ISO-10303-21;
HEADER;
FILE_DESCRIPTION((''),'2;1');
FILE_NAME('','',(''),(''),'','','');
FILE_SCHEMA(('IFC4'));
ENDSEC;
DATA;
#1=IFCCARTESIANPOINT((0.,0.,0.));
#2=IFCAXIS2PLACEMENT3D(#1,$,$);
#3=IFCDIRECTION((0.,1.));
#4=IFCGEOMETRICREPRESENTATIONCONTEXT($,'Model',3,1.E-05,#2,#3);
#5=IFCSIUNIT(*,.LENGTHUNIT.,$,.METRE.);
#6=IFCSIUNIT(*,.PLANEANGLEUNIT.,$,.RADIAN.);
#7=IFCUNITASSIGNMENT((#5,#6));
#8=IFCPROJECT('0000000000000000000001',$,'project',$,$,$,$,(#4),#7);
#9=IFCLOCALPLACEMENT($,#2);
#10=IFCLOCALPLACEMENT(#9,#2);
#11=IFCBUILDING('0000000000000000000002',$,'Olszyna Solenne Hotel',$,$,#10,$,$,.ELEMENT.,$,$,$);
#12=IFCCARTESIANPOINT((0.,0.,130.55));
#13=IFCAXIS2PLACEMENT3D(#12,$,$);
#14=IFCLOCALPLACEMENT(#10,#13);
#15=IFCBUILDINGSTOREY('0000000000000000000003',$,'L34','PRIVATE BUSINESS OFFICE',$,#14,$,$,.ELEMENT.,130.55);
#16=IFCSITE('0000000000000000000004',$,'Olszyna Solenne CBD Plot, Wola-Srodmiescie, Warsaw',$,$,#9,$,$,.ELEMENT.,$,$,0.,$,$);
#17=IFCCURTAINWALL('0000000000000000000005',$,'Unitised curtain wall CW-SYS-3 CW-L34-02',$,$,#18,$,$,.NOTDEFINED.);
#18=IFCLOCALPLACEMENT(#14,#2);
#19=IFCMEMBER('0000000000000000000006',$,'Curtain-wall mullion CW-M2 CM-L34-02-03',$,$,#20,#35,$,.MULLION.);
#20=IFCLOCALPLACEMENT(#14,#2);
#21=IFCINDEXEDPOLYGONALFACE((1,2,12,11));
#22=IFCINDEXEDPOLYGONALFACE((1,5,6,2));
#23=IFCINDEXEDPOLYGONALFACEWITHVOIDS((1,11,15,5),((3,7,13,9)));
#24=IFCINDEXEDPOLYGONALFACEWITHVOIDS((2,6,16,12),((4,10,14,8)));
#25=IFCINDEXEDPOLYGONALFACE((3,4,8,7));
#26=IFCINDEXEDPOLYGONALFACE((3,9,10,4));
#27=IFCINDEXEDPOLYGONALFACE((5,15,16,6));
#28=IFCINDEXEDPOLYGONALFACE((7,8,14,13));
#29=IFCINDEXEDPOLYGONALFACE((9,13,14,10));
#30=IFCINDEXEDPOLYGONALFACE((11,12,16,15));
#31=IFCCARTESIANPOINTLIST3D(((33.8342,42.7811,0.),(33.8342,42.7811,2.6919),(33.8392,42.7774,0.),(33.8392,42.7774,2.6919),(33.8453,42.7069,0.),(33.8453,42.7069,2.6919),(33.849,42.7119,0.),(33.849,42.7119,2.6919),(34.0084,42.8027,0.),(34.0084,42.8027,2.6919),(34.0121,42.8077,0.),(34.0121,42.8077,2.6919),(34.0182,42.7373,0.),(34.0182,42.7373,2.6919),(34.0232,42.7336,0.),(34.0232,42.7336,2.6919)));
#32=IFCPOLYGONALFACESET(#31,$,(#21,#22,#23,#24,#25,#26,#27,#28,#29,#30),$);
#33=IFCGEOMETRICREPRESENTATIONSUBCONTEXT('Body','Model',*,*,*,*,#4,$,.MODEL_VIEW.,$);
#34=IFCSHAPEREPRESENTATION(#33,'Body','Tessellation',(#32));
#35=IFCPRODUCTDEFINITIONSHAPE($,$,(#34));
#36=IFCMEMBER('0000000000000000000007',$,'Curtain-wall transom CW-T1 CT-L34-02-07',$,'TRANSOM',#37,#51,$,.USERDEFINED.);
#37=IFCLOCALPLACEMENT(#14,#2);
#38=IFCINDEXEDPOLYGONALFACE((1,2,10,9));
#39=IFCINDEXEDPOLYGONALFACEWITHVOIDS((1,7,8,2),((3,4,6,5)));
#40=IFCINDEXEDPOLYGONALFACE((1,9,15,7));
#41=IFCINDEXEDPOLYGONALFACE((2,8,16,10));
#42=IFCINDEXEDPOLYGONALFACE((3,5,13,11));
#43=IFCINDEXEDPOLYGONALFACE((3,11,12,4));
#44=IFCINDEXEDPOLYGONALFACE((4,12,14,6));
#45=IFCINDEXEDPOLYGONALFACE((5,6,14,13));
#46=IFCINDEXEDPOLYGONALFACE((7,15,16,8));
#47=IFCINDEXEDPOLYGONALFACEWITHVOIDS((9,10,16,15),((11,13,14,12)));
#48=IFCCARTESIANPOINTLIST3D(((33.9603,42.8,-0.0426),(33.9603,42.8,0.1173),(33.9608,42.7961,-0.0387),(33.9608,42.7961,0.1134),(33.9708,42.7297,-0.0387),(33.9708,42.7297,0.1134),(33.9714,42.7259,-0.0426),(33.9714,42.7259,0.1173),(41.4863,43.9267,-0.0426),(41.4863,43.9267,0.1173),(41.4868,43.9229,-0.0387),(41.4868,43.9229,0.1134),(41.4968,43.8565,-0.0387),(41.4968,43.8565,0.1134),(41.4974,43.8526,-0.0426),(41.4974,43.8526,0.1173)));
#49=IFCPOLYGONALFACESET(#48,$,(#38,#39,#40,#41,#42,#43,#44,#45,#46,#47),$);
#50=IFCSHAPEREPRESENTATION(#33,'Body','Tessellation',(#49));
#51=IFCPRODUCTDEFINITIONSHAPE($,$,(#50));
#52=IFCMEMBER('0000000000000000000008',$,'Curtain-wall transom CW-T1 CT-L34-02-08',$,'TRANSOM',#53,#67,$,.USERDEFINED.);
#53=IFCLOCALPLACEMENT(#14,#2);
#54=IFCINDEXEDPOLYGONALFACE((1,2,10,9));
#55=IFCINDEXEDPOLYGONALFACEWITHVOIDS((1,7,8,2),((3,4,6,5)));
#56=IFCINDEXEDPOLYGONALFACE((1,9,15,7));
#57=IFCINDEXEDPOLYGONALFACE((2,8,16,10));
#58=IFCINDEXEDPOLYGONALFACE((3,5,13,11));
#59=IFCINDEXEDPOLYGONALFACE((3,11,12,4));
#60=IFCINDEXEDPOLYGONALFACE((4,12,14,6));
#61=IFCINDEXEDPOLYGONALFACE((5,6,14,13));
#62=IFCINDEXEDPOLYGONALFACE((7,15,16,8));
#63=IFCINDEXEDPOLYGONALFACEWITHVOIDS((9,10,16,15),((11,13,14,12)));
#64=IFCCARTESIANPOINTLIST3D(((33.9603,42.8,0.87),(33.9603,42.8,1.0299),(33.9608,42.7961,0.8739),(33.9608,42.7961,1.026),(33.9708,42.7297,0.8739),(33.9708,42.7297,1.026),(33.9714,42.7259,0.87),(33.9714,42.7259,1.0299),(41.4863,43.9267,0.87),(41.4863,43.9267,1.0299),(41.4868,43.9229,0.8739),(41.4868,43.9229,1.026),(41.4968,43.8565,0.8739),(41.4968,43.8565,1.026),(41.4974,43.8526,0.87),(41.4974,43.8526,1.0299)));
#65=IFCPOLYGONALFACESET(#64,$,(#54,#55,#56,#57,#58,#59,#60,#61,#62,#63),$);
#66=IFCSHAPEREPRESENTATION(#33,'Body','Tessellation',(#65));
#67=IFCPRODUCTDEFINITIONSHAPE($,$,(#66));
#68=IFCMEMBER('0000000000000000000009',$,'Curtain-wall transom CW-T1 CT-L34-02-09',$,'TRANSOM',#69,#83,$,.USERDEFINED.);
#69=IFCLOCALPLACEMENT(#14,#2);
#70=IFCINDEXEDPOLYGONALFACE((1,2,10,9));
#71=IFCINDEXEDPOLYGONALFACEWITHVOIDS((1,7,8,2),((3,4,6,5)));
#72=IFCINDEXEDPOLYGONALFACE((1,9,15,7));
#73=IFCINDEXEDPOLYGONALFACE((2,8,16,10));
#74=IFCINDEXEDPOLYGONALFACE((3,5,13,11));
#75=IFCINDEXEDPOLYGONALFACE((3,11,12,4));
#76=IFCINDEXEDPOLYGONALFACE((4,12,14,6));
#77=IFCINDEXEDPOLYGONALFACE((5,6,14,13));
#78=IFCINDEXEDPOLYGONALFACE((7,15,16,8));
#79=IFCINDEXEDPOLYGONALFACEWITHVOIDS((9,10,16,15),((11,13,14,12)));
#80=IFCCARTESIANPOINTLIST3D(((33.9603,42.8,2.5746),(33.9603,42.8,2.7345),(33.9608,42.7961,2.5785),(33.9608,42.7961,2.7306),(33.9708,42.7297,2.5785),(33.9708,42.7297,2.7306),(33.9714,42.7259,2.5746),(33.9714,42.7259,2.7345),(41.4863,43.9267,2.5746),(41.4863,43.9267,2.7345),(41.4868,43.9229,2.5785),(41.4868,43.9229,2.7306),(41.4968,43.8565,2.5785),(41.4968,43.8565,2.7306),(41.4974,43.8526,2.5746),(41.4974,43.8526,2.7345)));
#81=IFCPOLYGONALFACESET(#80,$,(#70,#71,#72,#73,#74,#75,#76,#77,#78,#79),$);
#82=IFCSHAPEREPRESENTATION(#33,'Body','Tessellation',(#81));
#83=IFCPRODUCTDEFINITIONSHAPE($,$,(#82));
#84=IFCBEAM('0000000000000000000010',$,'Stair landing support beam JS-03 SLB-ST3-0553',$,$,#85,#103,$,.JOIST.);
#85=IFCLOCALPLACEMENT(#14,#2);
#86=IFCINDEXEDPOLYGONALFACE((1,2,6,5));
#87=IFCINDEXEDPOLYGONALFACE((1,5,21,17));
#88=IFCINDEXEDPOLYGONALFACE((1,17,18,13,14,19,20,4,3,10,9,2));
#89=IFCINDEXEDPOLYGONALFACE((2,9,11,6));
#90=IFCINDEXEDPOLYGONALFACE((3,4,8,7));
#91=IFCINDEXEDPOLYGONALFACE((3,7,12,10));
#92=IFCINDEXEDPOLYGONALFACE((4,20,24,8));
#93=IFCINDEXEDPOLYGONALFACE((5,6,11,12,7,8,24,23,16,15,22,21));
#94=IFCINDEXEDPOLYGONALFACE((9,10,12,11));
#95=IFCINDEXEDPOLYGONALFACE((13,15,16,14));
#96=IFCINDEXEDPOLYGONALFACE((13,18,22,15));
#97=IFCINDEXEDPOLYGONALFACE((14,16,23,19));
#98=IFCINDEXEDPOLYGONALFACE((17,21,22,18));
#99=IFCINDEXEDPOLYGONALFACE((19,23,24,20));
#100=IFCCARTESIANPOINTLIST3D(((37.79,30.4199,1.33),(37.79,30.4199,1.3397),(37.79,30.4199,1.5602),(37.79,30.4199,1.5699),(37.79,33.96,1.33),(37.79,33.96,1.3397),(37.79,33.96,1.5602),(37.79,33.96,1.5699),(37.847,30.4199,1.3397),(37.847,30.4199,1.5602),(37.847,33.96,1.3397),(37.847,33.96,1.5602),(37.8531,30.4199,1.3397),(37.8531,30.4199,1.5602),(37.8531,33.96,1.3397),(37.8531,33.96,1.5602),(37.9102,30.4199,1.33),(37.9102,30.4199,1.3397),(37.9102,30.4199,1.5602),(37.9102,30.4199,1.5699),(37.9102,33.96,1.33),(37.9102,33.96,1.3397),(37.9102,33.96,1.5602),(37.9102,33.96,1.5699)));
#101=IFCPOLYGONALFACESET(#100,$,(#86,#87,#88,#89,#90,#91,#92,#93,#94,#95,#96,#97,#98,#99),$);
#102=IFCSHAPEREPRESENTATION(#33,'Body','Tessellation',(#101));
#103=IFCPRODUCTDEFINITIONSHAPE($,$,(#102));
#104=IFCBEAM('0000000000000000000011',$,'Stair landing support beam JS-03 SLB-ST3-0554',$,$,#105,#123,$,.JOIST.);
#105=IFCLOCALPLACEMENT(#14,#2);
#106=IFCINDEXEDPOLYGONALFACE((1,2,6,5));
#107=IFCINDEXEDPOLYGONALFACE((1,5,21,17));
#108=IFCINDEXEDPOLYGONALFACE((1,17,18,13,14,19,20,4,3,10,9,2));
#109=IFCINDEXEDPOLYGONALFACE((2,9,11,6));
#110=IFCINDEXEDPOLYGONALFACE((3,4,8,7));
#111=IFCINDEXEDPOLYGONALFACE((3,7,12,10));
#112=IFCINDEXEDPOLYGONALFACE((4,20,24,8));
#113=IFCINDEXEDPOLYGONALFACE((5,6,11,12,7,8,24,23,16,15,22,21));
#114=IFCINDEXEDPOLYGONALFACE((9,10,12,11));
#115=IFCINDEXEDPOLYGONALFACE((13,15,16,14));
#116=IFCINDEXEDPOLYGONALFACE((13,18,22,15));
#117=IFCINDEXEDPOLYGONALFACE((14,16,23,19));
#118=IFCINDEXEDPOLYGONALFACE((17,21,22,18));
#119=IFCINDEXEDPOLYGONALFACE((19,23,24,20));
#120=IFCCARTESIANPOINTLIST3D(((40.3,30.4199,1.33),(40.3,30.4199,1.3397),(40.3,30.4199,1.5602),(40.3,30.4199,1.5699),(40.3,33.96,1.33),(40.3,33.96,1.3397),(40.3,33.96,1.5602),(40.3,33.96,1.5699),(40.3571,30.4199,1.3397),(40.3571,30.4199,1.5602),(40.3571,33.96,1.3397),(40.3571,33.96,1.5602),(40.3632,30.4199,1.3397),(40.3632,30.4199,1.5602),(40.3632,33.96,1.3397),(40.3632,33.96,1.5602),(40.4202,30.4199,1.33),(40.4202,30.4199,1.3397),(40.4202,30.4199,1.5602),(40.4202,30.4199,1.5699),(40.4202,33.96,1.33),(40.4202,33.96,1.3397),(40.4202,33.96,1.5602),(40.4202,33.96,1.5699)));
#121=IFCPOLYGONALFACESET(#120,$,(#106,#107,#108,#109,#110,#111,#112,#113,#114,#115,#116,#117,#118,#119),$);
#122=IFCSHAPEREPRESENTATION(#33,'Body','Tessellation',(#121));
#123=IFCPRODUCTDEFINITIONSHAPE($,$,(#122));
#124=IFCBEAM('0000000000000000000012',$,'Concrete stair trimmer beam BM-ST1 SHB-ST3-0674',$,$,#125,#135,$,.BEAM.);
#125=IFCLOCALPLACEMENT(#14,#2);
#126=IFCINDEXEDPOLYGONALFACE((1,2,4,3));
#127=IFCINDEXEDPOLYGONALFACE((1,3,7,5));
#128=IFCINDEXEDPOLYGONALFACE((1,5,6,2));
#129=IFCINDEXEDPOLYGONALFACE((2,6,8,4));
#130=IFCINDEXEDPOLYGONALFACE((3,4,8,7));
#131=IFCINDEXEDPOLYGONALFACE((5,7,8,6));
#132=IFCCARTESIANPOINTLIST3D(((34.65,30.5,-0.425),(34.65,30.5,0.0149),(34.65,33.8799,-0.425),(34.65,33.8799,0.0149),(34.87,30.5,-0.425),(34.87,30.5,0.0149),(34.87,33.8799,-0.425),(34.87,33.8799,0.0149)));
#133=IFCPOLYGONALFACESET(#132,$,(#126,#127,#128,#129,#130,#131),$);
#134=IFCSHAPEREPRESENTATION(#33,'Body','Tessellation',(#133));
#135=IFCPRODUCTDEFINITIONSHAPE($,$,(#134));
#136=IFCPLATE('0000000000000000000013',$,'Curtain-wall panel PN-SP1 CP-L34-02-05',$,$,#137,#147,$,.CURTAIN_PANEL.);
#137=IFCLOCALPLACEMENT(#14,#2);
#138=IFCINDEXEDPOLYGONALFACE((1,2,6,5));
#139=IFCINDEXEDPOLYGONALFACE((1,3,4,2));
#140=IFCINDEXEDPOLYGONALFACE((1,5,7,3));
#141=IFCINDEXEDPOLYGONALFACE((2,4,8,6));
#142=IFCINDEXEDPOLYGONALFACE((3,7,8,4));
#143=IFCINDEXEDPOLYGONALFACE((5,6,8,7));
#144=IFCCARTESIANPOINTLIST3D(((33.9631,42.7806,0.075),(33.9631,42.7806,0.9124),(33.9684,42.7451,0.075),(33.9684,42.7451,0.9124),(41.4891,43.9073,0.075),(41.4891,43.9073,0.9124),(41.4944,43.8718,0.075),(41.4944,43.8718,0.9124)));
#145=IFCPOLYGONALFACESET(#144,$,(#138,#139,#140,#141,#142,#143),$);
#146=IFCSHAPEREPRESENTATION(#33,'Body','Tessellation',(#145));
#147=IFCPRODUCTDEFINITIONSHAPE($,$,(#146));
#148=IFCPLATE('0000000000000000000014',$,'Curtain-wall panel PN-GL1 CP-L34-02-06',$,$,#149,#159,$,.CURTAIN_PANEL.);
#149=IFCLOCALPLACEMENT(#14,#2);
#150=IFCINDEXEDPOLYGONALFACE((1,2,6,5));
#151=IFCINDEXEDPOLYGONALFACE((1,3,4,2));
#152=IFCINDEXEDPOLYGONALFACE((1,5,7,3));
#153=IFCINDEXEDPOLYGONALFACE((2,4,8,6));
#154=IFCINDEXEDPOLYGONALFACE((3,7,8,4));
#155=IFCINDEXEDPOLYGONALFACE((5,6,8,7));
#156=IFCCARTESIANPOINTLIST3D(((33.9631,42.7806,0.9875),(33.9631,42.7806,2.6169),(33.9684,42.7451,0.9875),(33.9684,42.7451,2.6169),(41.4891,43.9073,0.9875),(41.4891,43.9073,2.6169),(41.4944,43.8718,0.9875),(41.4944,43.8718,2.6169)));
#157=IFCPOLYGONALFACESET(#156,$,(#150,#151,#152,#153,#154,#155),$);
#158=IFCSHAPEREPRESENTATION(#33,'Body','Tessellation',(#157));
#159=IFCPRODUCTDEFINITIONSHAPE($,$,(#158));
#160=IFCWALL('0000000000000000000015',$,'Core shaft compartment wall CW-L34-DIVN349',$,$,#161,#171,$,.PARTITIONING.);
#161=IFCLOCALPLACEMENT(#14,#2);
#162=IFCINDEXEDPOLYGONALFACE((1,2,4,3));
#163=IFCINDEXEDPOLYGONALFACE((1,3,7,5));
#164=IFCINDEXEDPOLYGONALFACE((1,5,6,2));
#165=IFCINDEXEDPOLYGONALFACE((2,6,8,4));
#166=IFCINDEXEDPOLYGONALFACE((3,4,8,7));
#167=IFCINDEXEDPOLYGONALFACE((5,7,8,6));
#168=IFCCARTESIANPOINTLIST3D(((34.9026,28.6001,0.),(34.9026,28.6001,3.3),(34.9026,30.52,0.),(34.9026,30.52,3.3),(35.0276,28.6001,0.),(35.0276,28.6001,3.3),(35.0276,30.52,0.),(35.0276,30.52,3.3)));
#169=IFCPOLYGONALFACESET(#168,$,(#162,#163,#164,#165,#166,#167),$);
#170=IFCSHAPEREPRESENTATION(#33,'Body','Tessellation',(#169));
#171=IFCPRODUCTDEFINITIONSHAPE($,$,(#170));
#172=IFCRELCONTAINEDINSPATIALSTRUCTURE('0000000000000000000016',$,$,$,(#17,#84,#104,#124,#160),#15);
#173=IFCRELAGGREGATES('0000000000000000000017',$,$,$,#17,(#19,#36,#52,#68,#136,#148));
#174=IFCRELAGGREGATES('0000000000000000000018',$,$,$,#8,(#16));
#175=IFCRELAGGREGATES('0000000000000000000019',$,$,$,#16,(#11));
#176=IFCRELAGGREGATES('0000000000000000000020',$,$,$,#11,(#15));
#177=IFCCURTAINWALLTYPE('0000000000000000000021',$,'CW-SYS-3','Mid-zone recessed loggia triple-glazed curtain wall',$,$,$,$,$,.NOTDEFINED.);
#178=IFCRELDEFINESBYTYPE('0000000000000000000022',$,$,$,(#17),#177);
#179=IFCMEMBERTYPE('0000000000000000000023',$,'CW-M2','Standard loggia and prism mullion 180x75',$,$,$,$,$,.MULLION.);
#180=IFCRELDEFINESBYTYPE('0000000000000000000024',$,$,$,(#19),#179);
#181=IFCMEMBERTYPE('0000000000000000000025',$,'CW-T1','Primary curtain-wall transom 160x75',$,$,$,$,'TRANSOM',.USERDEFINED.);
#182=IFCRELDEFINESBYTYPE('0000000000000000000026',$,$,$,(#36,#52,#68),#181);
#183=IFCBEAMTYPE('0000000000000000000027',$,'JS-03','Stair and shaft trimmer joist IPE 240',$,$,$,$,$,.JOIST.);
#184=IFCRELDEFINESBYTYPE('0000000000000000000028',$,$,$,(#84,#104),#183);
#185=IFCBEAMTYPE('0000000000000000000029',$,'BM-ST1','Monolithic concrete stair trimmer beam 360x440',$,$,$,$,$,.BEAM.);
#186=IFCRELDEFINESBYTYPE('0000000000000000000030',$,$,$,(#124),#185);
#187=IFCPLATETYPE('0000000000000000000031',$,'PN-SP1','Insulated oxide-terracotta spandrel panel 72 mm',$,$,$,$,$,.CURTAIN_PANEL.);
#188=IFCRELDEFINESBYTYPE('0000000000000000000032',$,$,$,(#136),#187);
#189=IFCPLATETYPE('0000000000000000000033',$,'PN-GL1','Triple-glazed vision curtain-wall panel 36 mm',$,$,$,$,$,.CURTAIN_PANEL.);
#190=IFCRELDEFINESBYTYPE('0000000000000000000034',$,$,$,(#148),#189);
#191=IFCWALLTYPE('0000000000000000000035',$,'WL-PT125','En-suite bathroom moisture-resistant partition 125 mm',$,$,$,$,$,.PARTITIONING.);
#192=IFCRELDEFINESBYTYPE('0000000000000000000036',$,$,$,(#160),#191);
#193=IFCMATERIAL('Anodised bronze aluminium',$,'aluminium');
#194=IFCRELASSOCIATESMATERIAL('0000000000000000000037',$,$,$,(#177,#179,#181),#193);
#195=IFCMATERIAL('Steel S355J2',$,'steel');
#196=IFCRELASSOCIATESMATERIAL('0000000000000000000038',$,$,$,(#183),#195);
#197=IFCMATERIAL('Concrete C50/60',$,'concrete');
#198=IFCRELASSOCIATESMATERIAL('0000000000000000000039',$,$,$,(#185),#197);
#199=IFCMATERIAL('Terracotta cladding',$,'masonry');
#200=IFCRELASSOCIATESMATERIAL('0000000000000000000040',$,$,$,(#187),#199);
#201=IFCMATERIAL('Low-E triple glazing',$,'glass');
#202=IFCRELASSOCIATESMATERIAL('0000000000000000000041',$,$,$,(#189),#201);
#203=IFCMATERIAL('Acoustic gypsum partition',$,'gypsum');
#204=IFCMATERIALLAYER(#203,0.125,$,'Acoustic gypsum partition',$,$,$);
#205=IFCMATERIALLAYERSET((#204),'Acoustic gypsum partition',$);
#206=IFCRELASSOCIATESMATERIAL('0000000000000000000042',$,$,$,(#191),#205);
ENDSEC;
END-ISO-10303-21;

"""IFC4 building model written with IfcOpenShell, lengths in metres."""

from ifc_helpers import new_model, si_unit, direction, frame, frame_2d, origin, origin_2d, place, context, subcontext, project, spatial, rectangle, hollow_rectangle, i_section, extrude, source, transform, mapped, material, layer, layer_set, material_profile, profile_set, type_object, element, aggregate, save


model = new_model("IFC4")

# Units and contexts
model_context = context("Model", 3, precision=1e-05, world=origin(), true_north=direction((0.0, 1.0)))
body_context = subcontext(model_context, "Body", "Model", "MODEL_VIEW")
ifc_project = project(units=[si_unit("LENGTHUNIT", "METRE"), si_unit("PLANEANGLEUNIT", "RADIAN")], contexts=[model_context])

# Site, building, storey
site_placement = place(None, origin())
site = spatial("IfcSite", under=ifc_project, at=site_placement, Name="Olszyna Solenne CBD Plot, Wola-Srodmiescie, Warsaw", CompositionType="ELEMENT", RefElevation=0.0)
building_placement = place(site_placement, origin())
building = spatial("IfcBuilding", under=site, at=building_placement, Name="Olszyna Solenne Hotel", CompositionType="ELEMENT")
storey_placement = place(building_placement, frame((0.0, 0.0, 130.55)))
storey = spatial("IfcBuildingStorey", under=building, at=storey_placement, Name="L34", Description="PRIVATE BUSINESS OFFICE", CompositionType="ELEMENT", Elevation=130.55)

# Curtain wall, members
ifc_material_1 = material(Name="Anodised bronze aluminium", Category="aluminium")
curtain_wall_type = type_object("IfcCurtainWallType", Name="CW-SYS-3", Description="Mid-zone recessed loggia triple-glazed curtain wall", PredefinedType="NOTDEFINED", material=ifc_material_1)
curtain_wall_placement = place(storey_placement, origin())
curtain_wall = element("IfcCurtainWall", 1, at=curtain_wall_placement, inside=storey, type_object=curtain_wall_type, Name="Unitised curtain wall CW-SYS-3 CW-L34-02", PredefinedType="NOTDEFINED")
ifc_material_profile_1 = material_profile(ifc_material_1, hollow_rectangle(XDim=0.075, YDim=0.1799, WallThickness=0.0044, at=origin_2d()), Name="MULL 180x75x4.5", Category="load-bearing")
ifc_profile_set_1 = profile_set([ifc_material_profile_1], Name="Anodised bronze aluminium")
member_type_1 = type_object("IfcMemberType", Name="CW-M2", Description="Standard loggia and prism mullion 180x75", PredefinedType="MULLION", material=ifc_profile_set_1)
shared_shape_1 = source(origin(), body_context, "Body", "SweptSolid", [
    extrude(hollow_rectangle(XDim=0.075, YDim=0.1799, WallThickness=0.0044, at=origin_2d()), origin(), (0.0, 0.0, 1.0), 2.6919),
])
member_1_placement = place(storey_placement, frame((33.9287, 42.7573, 0.0), z_axis=(0.0, 0.0, 1.0), x_axis=(-0.148061, 0.988978, 0.0)))
member_1 = element("IfcMember", 2, at=member_1_placement, type_object=member_type_1, Name="Curtain-wall mullion CW-M2 CM-L34-02-03", PredefinedType="MULLION", context=body_context, shape_type="MappedRepresentation", body=[
    mapped(shared_shape_1, transform((0.0, 0.0, 0.0), x_axis=(1.0, 0.0, 0.0), y_axis=(0.0, 1.0, 0.0), z_axis=(0.0, 0.0, 1.0), scale=1.0)),
])
ifc_material_profile_2 = material_profile(ifc_material_1, hollow_rectangle(XDim=0.075, YDim=0.1599, WallThickness=0.0039, at=origin_2d()), Name="TRAN 160x75x4", Category="load-bearing")
ifc_profile_set_2 = profile_set([ifc_material_profile_2], Name="Anodised bronze aluminium")
member_type_2 = type_object("IfcMemberType", Name="CW-T1", Description="Primary curtain-wall transom 160x75", ElementType="TRANSOM", PredefinedType="USERDEFINED", material=ifc_profile_set_2)
shared_shape_2 = source(origin(), body_context, "Body", "SweptSolid", [
    extrude(hollow_rectangle(XDim=0.075, YDim=0.1599, WallThickness=0.0039, at=origin_2d()), origin(), (0.0, 0.0, 1.0), 7.6099),
])
member_2_placement = place(storey_placement, frame((33.9658, 42.7629, 0.0374), z_axis=(0.988978, 0.148061, 0.0), x_axis=(-0.148061, 0.988978, 0.0)))
member_2 = element("IfcMember", 3, at=member_2_placement, type_object=member_type_2, Name="Curtain-wall transom CW-T1 CT-L34-02-07", ObjectType="TRANSOM", PredefinedType="USERDEFINED", context=body_context, shape_type="MappedRepresentation", body=[
    mapped(shared_shape_2, transform((0.0, 0.0, 0.0), x_axis=(1.0, 0.0, 0.0), y_axis=(0.0, 1.0, 0.0), z_axis=(0.0, 0.0, 1.0), scale=1.0)),
])
member_3_placement = place(storey_placement, frame((33.9658, 42.7629, 0.95), z_axis=(0.988978, 0.148061, 0.0), x_axis=(-0.148061, 0.988978, 0.0)))
member_3 = element("IfcMember", 4, at=member_3_placement, type_object=member_type_2, Name="Curtain-wall transom CW-T1 CT-L34-02-08", ObjectType="TRANSOM", PredefinedType="USERDEFINED", context=body_context, shape_type="MappedRepresentation", body=[
    mapped(shared_shape_2, transform((0.0, 0.0, 0.0), x_axis=(1.0, 0.0, 0.0), y_axis=(0.0, 1.0, 0.0), z_axis=(0.0, 0.0, 1.0), scale=1.0)),
])
member_4_placement = place(storey_placement, frame((33.9658, 42.7629, 2.6545), z_axis=(0.988978, 0.148061, 0.0), x_axis=(-0.148061, 0.988978, 0.0)))
member_4 = element("IfcMember", 5, at=member_4_placement, type_object=member_type_2, Name="Curtain-wall transom CW-T1 CT-L34-02-09", ObjectType="TRANSOM", PredefinedType="USERDEFINED", context=body_context, shape_type="MappedRepresentation", body=[
    mapped(shared_shape_2, transform((0.0, 0.0, 0.0), x_axis=(1.0, 0.0, 0.0), y_axis=(0.0, 1.0, 0.0), z_axis=(0.0, 0.0, 1.0), scale=1.0)),
])

# Beams
ifc_material_2 = material(Name="Steel S355J2", Category="steel")
ifc_material_profile_3 = material_profile(ifc_material_2, i_section(OverallWidth=0.1201, OverallDepth=0.24, WebThickness=0.0061, FlangeThickness=0.0098, at=origin_2d()), Name="IPE 240", Category="load-bearing")
ifc_profile_set_3 = profile_set([ifc_material_profile_3], Name="Steel S355J2")
beam_type_1 = type_object("IfcBeamType", Name="JS-03", Description="Stair and shaft trimmer joist IPE 240", PredefinedType="JOIST", material=ifc_profile_set_3)
shared_shape_3 = source(origin(), body_context, "Body", "SweptSolid", [
    extrude(i_section(OverallWidth=0.1201, OverallDepth=0.24, WebThickness=0.0061, FlangeThickness=0.0098, at=origin_2d()), origin(), (0.0, 0.0, 1.0), 3.54),
])
for number, where, z_axis, x_axis, name in (
    (6, (37.8501, 30.4199, 1.45), (0.0, 1.0, 0.0), (-1.0, 0.0, 0.0), "Stair landing support beam JS-03 SLB-ST3-0553"),
    (7, (40.3601, 30.4199, 1.45), (0.0, 1.0, 0.0), (-1.0, 0.0, 0.0), "Stair landing support beam JS-03 SLB-ST3-0554"),
):
    element("IfcBeam", number, at=place(storey_placement, frame(where, z_axis=z_axis, x_axis=x_axis)), inside=storey, type_object=beam_type_1, Name=name, PredefinedType="JOIST", context=body_context, shape_type="MappedRepresentation", body=[
        mapped(shared_shape_3, transform((0.0, 0.0, 0.0), x_axis=(1.0, 0.0, 0.0), y_axis=(0.0, 1.0, 0.0), z_axis=(0.0, 0.0, 1.0), scale=1.0)),
    ])
ifc_material_3 = material(Name="Concrete C50/60", Category="concrete")
ifc_material_profile_4 = material_profile(ifc_material_3, rectangle(XDim=0.22, YDim=0.4399, at=origin_2d()), Name="RC 220x440", Category="load-bearing")
ifc_profile_set_4 = profile_set([ifc_material_profile_4], Name="Concrete C50/60")
beam_type_2 = type_object("IfcBeamType", Name="BM-ST1", Description="Monolithic concrete stair trimmer beam 360x440", PredefinedType="BEAM", material=ifc_profile_set_4)
shared_shape_4 = source(origin(), body_context, "Body", "SweptSolid", [
    extrude(rectangle(XDim=0.22, YDim=0.4399, at=origin_2d()), origin(), (0.0, 0.0, 1.0), 3.3799),
])
beam_placement = place(storey_placement, frame((34.76, 30.5, -0.2051), z_axis=(0.0, 1.0, 0.0), x_axis=(-1.0, 0.0, 0.0)))
element("IfcBeam", 8, at=beam_placement, inside=storey, type_object=beam_type_2, Name="Concrete stair trimmer beam BM-ST1 SHB-ST3-0674", PredefinedType="BEAM", context=body_context, shape_type="MappedRepresentation", body=[
    mapped(shared_shape_4, transform((0.0, 0.0, 0.0), x_axis=(1.0, 0.0, 0.0), y_axis=(0.0, 1.0, 0.0), z_axis=(0.0, 0.0, 1.0), scale=1.0)),
])

# Plates
ifc_material_4 = material(Name="Terracotta cladding", Category="masonry")
plate_type_1 = type_object("IfcPlateType", Name="PN-SP1", Description="Insulated oxide-terracotta spandrel panel 72 mm", PredefinedType="CURTAIN_PANEL", material=ifc_material_4)
shared_shape_5 = source(origin(), body_context, "Body", "SweptSolid", [
    extrude(rectangle(XDim=7.6099, YDim=0.0359, at=origin_2d()), origin(), (0.0, 0.0, 1.0), 0.8374),
])
plate_1_placement = place(storey_placement, frame((37.7288, 43.3262, 0.075), z_axis=(0.0, 0.0, 1.0), x_axis=(0.988978, 0.148061, 0.0)))
plate_1 = element("IfcPlate", 9, at=plate_1_placement, type_object=plate_type_1, Name="Curtain-wall panel PN-SP1 CP-L34-02-05", PredefinedType="CURTAIN_PANEL", context=body_context, shape_type="MappedRepresentation", body=[
    mapped(shared_shape_5, transform((0.0, 0.0, 0.0), x_axis=(1.0, 0.0, 0.0), y_axis=(0.0, 1.0, 0.0), z_axis=(0.0, 0.0, 1.0), scale=1.0)),
])
ifc_material_5 = material(Name="Low-E triple glazing", Category="glass")
plate_type_2 = type_object("IfcPlateType", Name="PN-GL1", Description="Triple-glazed vision curtain-wall panel 36 mm", PredefinedType="CURTAIN_PANEL", material=ifc_material_5)
shared_shape_6 = source(origin(), body_context, "Body", "SweptSolid", [
    extrude(rectangle(XDim=7.6099, YDim=0.0359, at=origin_2d()), origin(), (0.0, 0.0, 1.0), 1.6294),
])
plate_2_placement = place(storey_placement, frame((37.7288, 43.3262, 0.9875), z_axis=(0.0, 0.0, 1.0), x_axis=(0.988978, 0.148061, 0.0)))
plate_2 = element("IfcPlate", 10, at=plate_2_placement, type_object=plate_type_2, Name="Curtain-wall panel PN-GL1 CP-L34-02-06", PredefinedType="CURTAIN_PANEL", context=body_context, shape_type="MappedRepresentation", body=[
    mapped(shared_shape_6, transform((0.0, 0.0, 0.0), x_axis=(1.0, 0.0, 0.0), y_axis=(0.0, 1.0, 0.0), z_axis=(0.0, 0.0, 1.0), scale=1.0)),
])
aggregate(curtain_wall, [member_1, member_2, member_3, member_4, plate_1, plate_2])

# Wall
ifc_material_6 = material(Name="Acoustic gypsum partition", Category="gypsum")
ifc_layer_1 = layer(ifc_material_6, 0.125, Name="Acoustic gypsum partition")
ifc_layer_set_1 = layer_set([ifc_layer_1], Name="Acoustic gypsum partition")
wall_type_1 = type_object("IfcWallType", Name="WL-PT125", Description="En-suite bathroom moisture-resistant partition 125 mm", PredefinedType="PARTITIONING", material=ifc_layer_set_1)
for number, where, z_axis, x_axis, name in (
    (11, (34.9651, 28.6001, 0.0), (0.0, 0.0, 1.0), (0.0, 1.0, 0.0), "Core shaft compartment wall CW-L34-DIVN349"),
):
    element("IfcWall", number, at=place(storey_placement, frame(where, z_axis=z_axis, x_axis=x_axis)), inside=storey, type_object=wall_type_1, Name=name, PredefinedType="PARTITIONING", context=body_context, shape_type="SweptSolid", body=[
        extrude(rectangle(XDim=1.9199, YDim=0.125, at=frame_2d((0.96, 0.0))), origin(), (0.0, 0.0, 1.0), 3.3),
    ])

save(model, "model.ifc")
